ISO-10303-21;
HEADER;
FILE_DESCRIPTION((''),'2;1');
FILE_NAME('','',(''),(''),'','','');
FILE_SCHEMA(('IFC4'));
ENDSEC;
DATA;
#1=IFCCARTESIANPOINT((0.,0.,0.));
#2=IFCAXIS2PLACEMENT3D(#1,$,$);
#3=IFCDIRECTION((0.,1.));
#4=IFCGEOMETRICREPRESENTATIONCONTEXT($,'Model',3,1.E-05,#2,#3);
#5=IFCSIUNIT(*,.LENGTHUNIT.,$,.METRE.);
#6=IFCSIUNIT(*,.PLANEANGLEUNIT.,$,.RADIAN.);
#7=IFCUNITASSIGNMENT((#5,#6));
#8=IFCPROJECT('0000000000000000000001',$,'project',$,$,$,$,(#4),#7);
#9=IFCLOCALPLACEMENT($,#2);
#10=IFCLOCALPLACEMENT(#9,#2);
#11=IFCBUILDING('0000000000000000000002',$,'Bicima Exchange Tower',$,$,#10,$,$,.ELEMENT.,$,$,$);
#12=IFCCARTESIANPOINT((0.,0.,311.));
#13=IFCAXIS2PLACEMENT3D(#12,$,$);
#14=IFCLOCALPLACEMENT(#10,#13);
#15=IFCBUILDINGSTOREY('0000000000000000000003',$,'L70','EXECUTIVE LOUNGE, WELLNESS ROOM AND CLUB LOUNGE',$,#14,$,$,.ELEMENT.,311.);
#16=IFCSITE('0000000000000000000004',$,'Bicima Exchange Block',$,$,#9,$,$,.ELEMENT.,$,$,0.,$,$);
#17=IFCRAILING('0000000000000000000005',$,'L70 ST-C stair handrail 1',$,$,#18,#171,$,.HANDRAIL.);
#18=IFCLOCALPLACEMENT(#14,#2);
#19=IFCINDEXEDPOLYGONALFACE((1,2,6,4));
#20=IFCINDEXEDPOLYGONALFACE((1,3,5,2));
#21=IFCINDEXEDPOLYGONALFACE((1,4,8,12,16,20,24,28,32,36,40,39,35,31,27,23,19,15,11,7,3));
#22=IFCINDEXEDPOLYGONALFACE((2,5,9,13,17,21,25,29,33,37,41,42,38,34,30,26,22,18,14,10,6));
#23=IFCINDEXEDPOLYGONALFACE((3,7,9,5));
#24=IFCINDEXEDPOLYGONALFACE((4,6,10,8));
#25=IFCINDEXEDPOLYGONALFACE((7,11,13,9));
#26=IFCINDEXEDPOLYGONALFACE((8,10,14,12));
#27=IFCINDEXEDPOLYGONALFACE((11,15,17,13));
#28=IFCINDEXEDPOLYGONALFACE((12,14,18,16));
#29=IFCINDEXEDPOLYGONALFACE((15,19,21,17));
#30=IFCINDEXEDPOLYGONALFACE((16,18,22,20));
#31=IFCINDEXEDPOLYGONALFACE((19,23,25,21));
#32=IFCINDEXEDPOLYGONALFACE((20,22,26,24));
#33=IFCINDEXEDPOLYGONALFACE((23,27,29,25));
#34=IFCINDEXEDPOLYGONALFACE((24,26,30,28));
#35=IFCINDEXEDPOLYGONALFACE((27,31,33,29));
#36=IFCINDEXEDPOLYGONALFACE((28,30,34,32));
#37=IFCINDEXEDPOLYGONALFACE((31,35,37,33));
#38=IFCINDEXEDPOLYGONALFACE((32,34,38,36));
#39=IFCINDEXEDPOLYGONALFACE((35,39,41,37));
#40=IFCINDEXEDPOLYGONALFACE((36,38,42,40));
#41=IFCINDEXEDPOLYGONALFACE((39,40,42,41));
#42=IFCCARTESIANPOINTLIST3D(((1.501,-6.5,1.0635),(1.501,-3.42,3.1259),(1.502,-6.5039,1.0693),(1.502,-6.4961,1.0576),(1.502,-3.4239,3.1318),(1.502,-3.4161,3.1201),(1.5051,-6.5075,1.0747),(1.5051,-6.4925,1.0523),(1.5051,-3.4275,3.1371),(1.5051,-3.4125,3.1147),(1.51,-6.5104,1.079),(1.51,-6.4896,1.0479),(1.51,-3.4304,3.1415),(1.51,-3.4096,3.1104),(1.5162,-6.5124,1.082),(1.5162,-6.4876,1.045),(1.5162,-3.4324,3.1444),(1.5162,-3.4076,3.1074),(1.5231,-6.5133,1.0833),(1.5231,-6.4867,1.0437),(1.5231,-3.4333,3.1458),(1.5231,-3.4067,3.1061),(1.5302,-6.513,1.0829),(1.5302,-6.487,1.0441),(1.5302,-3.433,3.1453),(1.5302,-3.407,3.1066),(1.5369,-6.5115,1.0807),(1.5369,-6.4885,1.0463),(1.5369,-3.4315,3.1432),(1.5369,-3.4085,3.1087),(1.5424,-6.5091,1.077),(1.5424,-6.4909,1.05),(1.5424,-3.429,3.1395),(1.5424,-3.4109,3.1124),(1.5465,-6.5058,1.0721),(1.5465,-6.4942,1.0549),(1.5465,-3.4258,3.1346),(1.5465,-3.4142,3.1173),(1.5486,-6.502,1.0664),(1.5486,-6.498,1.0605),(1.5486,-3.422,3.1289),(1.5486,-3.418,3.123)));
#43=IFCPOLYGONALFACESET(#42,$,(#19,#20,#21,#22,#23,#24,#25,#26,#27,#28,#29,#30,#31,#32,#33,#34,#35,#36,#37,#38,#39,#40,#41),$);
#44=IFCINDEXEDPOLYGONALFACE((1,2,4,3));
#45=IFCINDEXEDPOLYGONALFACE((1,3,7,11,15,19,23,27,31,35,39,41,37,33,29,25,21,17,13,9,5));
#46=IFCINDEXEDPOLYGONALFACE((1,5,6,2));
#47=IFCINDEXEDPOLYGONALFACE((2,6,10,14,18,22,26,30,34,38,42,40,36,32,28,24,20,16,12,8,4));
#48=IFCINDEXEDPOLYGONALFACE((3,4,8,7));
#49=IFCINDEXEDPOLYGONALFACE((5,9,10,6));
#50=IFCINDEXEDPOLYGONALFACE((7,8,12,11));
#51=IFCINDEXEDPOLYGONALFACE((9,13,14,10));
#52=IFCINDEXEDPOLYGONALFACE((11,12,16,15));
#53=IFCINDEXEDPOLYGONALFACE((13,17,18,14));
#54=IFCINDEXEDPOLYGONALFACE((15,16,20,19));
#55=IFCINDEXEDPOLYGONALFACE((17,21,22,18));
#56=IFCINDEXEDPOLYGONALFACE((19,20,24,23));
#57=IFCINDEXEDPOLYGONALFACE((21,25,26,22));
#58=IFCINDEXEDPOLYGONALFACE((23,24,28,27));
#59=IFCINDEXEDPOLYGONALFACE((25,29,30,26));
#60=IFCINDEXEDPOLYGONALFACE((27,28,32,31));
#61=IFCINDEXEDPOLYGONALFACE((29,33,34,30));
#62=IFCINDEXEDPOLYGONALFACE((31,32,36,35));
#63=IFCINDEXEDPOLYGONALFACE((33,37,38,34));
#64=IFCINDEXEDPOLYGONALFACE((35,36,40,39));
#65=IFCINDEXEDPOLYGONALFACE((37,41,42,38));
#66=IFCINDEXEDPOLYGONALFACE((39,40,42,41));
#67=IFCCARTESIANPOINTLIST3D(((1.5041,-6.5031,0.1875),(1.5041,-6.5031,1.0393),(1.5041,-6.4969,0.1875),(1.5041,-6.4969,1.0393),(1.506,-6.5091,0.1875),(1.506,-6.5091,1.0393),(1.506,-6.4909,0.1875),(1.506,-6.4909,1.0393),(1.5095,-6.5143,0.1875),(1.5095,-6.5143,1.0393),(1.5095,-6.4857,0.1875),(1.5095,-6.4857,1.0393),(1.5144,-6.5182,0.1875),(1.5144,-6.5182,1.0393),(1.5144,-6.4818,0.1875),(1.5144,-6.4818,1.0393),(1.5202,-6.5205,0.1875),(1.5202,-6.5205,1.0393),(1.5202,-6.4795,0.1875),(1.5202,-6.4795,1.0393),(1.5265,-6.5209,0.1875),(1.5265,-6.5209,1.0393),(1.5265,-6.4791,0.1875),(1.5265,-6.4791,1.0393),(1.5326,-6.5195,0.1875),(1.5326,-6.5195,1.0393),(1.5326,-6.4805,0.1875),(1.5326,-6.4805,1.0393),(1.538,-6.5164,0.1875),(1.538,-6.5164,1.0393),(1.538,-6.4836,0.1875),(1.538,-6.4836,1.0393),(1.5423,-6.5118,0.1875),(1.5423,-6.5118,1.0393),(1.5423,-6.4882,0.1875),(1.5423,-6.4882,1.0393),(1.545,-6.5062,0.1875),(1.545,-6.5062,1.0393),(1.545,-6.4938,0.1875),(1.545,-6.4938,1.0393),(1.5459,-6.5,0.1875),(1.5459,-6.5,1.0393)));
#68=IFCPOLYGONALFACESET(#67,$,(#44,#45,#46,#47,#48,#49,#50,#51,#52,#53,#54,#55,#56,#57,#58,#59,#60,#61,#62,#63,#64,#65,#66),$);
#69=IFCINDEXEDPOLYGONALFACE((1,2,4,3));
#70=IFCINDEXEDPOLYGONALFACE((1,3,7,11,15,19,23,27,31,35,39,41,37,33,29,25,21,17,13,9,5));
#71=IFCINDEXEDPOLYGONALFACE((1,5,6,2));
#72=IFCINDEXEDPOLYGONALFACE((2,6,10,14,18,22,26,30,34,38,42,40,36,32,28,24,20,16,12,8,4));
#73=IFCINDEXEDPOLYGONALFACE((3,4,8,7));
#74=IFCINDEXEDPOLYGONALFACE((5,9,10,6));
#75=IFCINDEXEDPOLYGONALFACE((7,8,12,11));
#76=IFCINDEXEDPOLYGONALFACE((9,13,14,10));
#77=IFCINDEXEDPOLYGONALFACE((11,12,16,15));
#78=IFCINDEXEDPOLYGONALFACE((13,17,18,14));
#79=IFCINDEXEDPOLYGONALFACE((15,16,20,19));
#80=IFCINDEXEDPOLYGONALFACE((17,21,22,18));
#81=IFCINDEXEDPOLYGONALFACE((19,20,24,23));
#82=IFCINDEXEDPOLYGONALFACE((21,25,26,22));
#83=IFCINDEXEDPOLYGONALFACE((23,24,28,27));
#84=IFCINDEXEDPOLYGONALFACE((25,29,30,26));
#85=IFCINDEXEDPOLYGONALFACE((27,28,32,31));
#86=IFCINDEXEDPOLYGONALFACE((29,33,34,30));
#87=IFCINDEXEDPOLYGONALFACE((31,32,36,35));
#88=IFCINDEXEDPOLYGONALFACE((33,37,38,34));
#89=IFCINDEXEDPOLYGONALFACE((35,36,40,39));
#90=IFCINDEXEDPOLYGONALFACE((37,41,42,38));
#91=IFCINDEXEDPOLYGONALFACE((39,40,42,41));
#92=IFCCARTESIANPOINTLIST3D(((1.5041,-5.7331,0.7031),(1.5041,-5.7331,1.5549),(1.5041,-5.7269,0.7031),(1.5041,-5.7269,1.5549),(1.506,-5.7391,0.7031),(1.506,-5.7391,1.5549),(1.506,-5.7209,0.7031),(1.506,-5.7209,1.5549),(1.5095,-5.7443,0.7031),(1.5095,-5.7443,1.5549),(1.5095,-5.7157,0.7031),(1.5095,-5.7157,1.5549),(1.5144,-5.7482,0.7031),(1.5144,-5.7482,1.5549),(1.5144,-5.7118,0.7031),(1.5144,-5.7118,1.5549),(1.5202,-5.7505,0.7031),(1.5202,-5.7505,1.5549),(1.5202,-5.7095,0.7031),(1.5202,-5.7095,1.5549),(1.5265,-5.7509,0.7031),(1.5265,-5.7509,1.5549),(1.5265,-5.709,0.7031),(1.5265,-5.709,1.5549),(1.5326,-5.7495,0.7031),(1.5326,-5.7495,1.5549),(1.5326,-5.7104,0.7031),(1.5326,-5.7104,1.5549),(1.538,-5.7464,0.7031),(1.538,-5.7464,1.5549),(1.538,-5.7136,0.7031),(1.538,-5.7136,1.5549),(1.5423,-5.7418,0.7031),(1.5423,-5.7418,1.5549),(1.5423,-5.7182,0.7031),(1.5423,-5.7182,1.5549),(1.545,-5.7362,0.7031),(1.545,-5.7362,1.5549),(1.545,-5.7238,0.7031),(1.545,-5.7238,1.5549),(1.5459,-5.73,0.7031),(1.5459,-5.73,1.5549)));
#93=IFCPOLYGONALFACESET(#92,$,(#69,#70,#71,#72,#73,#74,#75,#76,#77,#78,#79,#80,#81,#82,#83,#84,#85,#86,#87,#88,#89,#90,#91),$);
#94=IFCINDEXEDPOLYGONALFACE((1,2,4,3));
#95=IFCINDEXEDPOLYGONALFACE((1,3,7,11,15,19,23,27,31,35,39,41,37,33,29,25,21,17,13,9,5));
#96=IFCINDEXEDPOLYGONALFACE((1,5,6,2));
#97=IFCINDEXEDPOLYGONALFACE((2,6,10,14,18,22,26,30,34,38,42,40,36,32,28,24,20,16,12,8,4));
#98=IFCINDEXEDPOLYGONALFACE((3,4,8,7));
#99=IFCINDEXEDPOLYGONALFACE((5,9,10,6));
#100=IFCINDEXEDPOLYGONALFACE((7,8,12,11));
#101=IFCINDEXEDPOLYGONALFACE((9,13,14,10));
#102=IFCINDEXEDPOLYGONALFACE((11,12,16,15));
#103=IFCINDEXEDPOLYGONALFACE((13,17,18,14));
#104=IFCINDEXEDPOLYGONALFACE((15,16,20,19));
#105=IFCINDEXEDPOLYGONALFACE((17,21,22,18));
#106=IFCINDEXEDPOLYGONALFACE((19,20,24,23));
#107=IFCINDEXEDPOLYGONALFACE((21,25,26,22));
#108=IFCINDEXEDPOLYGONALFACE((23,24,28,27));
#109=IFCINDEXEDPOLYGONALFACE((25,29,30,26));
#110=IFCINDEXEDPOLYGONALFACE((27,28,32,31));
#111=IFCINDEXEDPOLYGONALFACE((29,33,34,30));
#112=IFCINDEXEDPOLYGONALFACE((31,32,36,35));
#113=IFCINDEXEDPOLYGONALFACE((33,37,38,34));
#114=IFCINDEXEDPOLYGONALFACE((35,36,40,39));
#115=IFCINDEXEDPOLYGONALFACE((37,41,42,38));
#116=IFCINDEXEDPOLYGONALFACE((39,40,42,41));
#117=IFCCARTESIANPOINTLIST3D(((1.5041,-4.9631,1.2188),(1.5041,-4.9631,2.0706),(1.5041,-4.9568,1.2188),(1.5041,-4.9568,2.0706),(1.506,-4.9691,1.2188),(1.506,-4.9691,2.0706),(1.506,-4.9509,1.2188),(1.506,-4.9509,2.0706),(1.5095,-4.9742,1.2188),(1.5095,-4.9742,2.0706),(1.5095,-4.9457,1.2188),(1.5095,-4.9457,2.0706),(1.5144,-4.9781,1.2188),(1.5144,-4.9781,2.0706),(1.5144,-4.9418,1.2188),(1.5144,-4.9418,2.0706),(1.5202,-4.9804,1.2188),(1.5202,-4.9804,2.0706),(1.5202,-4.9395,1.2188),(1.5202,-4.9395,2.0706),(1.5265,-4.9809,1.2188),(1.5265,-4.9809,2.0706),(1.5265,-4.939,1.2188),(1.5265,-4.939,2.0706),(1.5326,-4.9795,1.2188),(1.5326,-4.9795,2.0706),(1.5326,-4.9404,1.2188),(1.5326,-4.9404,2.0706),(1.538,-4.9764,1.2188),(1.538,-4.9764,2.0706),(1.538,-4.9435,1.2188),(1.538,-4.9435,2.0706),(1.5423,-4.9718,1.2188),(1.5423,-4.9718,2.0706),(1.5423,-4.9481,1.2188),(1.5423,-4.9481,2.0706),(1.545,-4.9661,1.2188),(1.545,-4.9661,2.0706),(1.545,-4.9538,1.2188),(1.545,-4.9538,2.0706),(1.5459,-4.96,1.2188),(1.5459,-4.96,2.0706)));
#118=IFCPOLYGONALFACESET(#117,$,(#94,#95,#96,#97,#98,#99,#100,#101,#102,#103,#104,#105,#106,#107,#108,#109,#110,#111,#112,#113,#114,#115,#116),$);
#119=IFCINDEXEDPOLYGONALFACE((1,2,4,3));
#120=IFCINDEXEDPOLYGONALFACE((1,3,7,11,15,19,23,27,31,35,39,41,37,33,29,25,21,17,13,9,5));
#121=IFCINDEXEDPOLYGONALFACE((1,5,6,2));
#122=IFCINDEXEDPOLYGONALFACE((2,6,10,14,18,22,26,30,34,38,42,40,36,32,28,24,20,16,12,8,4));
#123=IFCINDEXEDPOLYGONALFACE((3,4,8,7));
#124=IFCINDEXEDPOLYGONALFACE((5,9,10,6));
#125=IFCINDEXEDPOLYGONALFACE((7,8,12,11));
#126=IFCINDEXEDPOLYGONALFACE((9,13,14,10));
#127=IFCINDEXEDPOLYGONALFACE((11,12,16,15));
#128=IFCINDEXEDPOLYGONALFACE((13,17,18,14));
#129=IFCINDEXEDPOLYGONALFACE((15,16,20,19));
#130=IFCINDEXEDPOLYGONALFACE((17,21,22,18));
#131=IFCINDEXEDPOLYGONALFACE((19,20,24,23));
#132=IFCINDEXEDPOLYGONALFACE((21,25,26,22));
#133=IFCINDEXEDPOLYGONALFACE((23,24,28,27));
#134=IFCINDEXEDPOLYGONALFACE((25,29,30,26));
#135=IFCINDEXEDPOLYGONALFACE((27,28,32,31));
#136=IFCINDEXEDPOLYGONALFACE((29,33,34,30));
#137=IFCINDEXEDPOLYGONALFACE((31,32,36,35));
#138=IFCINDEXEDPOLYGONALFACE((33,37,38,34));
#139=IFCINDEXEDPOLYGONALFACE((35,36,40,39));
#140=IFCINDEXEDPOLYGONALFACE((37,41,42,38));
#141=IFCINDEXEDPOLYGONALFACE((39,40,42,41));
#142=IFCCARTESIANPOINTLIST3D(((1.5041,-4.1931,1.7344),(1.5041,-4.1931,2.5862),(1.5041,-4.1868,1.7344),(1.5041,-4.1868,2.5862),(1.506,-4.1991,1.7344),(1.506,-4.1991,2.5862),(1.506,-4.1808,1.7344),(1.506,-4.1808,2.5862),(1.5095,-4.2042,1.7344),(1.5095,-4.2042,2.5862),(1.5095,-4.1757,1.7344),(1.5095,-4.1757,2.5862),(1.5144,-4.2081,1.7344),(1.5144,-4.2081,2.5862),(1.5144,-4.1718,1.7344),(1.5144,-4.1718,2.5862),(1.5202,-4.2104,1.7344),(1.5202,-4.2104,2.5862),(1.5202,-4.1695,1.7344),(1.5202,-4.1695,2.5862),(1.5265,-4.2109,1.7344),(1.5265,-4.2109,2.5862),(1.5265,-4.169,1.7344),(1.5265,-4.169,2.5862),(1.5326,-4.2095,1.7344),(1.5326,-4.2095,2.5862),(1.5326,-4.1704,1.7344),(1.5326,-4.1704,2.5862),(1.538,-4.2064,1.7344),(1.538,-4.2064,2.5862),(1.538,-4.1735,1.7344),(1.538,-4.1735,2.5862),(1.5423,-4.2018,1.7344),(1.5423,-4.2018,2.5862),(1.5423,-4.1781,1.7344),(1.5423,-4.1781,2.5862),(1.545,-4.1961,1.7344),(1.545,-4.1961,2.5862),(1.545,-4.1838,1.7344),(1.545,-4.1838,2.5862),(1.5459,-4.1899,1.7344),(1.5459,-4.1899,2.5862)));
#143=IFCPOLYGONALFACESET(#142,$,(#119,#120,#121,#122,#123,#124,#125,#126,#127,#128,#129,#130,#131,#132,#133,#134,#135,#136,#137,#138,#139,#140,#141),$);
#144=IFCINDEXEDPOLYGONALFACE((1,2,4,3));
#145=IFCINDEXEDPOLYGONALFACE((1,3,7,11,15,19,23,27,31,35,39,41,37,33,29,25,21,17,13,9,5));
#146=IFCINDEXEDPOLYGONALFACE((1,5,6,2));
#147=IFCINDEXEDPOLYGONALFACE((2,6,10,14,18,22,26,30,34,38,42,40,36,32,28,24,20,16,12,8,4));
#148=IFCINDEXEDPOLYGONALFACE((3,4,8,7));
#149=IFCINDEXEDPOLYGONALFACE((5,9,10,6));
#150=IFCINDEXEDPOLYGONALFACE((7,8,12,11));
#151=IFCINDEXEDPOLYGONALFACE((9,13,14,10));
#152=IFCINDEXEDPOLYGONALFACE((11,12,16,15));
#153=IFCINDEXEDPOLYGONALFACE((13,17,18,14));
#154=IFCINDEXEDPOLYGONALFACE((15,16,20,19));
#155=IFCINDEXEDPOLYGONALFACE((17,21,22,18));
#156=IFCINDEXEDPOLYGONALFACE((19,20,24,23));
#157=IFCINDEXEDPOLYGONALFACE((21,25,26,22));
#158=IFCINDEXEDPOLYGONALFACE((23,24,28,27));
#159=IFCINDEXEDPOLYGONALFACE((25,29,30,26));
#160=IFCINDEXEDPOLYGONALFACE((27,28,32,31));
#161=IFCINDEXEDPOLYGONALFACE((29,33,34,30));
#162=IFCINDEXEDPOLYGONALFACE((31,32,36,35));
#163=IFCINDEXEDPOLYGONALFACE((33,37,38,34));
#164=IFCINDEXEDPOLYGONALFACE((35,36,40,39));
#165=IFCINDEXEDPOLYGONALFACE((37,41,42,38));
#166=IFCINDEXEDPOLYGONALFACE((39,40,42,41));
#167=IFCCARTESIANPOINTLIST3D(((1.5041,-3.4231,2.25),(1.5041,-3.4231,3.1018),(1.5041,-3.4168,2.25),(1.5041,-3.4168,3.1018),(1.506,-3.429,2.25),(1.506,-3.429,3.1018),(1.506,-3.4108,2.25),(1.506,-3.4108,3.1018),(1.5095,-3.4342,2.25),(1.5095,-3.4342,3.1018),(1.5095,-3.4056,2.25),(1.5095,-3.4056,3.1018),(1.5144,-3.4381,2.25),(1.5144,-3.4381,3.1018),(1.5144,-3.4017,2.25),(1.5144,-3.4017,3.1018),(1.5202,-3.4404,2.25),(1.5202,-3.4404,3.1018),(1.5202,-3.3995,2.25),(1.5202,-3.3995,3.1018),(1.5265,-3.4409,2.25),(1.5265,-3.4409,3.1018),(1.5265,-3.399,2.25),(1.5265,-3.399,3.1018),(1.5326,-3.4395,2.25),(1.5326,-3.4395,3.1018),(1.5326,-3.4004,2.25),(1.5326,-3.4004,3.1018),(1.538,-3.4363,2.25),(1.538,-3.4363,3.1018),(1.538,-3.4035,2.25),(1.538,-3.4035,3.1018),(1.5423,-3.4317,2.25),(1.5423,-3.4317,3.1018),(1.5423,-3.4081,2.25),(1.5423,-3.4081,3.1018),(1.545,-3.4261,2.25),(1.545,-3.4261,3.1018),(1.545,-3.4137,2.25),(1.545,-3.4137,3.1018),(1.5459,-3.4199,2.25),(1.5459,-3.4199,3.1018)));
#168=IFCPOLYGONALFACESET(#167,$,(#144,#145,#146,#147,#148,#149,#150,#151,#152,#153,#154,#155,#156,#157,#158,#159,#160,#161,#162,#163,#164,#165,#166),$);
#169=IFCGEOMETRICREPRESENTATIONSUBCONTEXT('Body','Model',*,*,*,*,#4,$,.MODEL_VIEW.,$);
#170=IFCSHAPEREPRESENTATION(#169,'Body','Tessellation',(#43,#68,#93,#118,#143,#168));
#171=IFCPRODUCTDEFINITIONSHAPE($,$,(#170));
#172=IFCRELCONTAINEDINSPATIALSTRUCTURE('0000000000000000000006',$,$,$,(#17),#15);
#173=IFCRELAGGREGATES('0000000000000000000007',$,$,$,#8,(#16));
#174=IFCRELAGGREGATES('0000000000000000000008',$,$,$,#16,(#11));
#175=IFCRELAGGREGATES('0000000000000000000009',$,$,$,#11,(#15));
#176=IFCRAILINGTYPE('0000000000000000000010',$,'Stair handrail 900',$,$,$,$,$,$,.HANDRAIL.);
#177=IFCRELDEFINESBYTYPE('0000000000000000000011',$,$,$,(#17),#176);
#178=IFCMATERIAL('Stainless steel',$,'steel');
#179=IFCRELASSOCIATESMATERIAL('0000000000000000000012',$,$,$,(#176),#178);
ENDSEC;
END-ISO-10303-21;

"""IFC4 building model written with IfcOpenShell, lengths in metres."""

from ifc_helpers import new_model, si_unit, direction, frame, origin, origin_2d, place, context, subcontext, project, spatial, circle, extrude, material, type_object, element, save


model = new_model("IFC4")

# Units and contexts
model_context = context("Model", 3, precision=1e-05, world=origin(), true_north=direction((0.0, 1.0)))
body_context = subcontext(model_context, "Body", "Model", "MODEL_VIEW")
ifc_project = project(units=[si_unit("LENGTHUNIT", "METRE"), si_unit("PLANEANGLEUNIT", "RADIAN")], contexts=[model_context])

# Site, building, storey
site_placement = place(None, origin())
site = spatial("IfcSite", under=ifc_project, at=site_placement, Name="Bicima Exchange Block", CompositionType="ELEMENT", RefElevation=0.0)
building_placement = place(site_placement, origin())
building = spatial("IfcBuilding", under=site, at=building_placement, Name="Bicima Exchange Tower", CompositionType="ELEMENT")
storey_placement = place(building_placement, frame((0.0, 0.0, 311.0)))
storey = spatial("IfcBuildingStorey", under=building, at=storey_placement, Name="L70", Description="EXECUTIVE LOUNGE, WELLNESS ROOM AND CLUB LOUNGE", CompositionType="ELEMENT", Elevation=311.0)

# Shared definitions
ifc_material_1 = material(Name="Stainless steel", Category="steel")

# Railing
railing_type_1 = type_object("IfcRailingType", Name="Stair handrail 900", PredefinedType="HANDRAIL", material=ifc_material_1)
railing_1_placement = place(storey_placement, frame((1.5249, -6.5, 0.1875)))
element("IfcRailing", 1, at=railing_1_placement, inside=storey, type_object=railing_type_1, Name="L70 ST-C stair handrail 1", PredefinedType="HANDRAIL", context=body_context, shape_type="SweptSolid", body=[
    extrude(circle(Radius=0.0239, at=origin_2d()), frame((0.0, 0.0, 0.876), z_axis=(0.0, 0.830914, 0.556401), x_axis=(-1.0, 0.0, 0.0)), (0.0, 0.0, 1.0), 3.7068),
    extrude(circle(Radius=0.021, at=origin_2d()), origin(), (0.0, 0.0, 1.0), 0.8518),
    extrude(circle(Radius=0.021, at=origin_2d()), frame((0.0, 0.77, 0.5156)), (0.0, 0.0, 1.0), 0.8518),
    extrude(circle(Radius=0.021, at=origin_2d()), frame((0.0, 1.54, 1.0312)), (0.0, 0.0, 1.0), 0.8518),
    extrude(circle(Radius=0.021, at=origin_2d()), frame((0.0, 2.3101, 1.5469)), (0.0, 0.0, 1.0), 0.8518),
    extrude(circle(Radius=0.021, at=origin_2d()), frame((0.0, 3.0801, 2.0625)), (0.0, 0.0, 1.0), 0.8518),
])

save(model, "model.ifc")
